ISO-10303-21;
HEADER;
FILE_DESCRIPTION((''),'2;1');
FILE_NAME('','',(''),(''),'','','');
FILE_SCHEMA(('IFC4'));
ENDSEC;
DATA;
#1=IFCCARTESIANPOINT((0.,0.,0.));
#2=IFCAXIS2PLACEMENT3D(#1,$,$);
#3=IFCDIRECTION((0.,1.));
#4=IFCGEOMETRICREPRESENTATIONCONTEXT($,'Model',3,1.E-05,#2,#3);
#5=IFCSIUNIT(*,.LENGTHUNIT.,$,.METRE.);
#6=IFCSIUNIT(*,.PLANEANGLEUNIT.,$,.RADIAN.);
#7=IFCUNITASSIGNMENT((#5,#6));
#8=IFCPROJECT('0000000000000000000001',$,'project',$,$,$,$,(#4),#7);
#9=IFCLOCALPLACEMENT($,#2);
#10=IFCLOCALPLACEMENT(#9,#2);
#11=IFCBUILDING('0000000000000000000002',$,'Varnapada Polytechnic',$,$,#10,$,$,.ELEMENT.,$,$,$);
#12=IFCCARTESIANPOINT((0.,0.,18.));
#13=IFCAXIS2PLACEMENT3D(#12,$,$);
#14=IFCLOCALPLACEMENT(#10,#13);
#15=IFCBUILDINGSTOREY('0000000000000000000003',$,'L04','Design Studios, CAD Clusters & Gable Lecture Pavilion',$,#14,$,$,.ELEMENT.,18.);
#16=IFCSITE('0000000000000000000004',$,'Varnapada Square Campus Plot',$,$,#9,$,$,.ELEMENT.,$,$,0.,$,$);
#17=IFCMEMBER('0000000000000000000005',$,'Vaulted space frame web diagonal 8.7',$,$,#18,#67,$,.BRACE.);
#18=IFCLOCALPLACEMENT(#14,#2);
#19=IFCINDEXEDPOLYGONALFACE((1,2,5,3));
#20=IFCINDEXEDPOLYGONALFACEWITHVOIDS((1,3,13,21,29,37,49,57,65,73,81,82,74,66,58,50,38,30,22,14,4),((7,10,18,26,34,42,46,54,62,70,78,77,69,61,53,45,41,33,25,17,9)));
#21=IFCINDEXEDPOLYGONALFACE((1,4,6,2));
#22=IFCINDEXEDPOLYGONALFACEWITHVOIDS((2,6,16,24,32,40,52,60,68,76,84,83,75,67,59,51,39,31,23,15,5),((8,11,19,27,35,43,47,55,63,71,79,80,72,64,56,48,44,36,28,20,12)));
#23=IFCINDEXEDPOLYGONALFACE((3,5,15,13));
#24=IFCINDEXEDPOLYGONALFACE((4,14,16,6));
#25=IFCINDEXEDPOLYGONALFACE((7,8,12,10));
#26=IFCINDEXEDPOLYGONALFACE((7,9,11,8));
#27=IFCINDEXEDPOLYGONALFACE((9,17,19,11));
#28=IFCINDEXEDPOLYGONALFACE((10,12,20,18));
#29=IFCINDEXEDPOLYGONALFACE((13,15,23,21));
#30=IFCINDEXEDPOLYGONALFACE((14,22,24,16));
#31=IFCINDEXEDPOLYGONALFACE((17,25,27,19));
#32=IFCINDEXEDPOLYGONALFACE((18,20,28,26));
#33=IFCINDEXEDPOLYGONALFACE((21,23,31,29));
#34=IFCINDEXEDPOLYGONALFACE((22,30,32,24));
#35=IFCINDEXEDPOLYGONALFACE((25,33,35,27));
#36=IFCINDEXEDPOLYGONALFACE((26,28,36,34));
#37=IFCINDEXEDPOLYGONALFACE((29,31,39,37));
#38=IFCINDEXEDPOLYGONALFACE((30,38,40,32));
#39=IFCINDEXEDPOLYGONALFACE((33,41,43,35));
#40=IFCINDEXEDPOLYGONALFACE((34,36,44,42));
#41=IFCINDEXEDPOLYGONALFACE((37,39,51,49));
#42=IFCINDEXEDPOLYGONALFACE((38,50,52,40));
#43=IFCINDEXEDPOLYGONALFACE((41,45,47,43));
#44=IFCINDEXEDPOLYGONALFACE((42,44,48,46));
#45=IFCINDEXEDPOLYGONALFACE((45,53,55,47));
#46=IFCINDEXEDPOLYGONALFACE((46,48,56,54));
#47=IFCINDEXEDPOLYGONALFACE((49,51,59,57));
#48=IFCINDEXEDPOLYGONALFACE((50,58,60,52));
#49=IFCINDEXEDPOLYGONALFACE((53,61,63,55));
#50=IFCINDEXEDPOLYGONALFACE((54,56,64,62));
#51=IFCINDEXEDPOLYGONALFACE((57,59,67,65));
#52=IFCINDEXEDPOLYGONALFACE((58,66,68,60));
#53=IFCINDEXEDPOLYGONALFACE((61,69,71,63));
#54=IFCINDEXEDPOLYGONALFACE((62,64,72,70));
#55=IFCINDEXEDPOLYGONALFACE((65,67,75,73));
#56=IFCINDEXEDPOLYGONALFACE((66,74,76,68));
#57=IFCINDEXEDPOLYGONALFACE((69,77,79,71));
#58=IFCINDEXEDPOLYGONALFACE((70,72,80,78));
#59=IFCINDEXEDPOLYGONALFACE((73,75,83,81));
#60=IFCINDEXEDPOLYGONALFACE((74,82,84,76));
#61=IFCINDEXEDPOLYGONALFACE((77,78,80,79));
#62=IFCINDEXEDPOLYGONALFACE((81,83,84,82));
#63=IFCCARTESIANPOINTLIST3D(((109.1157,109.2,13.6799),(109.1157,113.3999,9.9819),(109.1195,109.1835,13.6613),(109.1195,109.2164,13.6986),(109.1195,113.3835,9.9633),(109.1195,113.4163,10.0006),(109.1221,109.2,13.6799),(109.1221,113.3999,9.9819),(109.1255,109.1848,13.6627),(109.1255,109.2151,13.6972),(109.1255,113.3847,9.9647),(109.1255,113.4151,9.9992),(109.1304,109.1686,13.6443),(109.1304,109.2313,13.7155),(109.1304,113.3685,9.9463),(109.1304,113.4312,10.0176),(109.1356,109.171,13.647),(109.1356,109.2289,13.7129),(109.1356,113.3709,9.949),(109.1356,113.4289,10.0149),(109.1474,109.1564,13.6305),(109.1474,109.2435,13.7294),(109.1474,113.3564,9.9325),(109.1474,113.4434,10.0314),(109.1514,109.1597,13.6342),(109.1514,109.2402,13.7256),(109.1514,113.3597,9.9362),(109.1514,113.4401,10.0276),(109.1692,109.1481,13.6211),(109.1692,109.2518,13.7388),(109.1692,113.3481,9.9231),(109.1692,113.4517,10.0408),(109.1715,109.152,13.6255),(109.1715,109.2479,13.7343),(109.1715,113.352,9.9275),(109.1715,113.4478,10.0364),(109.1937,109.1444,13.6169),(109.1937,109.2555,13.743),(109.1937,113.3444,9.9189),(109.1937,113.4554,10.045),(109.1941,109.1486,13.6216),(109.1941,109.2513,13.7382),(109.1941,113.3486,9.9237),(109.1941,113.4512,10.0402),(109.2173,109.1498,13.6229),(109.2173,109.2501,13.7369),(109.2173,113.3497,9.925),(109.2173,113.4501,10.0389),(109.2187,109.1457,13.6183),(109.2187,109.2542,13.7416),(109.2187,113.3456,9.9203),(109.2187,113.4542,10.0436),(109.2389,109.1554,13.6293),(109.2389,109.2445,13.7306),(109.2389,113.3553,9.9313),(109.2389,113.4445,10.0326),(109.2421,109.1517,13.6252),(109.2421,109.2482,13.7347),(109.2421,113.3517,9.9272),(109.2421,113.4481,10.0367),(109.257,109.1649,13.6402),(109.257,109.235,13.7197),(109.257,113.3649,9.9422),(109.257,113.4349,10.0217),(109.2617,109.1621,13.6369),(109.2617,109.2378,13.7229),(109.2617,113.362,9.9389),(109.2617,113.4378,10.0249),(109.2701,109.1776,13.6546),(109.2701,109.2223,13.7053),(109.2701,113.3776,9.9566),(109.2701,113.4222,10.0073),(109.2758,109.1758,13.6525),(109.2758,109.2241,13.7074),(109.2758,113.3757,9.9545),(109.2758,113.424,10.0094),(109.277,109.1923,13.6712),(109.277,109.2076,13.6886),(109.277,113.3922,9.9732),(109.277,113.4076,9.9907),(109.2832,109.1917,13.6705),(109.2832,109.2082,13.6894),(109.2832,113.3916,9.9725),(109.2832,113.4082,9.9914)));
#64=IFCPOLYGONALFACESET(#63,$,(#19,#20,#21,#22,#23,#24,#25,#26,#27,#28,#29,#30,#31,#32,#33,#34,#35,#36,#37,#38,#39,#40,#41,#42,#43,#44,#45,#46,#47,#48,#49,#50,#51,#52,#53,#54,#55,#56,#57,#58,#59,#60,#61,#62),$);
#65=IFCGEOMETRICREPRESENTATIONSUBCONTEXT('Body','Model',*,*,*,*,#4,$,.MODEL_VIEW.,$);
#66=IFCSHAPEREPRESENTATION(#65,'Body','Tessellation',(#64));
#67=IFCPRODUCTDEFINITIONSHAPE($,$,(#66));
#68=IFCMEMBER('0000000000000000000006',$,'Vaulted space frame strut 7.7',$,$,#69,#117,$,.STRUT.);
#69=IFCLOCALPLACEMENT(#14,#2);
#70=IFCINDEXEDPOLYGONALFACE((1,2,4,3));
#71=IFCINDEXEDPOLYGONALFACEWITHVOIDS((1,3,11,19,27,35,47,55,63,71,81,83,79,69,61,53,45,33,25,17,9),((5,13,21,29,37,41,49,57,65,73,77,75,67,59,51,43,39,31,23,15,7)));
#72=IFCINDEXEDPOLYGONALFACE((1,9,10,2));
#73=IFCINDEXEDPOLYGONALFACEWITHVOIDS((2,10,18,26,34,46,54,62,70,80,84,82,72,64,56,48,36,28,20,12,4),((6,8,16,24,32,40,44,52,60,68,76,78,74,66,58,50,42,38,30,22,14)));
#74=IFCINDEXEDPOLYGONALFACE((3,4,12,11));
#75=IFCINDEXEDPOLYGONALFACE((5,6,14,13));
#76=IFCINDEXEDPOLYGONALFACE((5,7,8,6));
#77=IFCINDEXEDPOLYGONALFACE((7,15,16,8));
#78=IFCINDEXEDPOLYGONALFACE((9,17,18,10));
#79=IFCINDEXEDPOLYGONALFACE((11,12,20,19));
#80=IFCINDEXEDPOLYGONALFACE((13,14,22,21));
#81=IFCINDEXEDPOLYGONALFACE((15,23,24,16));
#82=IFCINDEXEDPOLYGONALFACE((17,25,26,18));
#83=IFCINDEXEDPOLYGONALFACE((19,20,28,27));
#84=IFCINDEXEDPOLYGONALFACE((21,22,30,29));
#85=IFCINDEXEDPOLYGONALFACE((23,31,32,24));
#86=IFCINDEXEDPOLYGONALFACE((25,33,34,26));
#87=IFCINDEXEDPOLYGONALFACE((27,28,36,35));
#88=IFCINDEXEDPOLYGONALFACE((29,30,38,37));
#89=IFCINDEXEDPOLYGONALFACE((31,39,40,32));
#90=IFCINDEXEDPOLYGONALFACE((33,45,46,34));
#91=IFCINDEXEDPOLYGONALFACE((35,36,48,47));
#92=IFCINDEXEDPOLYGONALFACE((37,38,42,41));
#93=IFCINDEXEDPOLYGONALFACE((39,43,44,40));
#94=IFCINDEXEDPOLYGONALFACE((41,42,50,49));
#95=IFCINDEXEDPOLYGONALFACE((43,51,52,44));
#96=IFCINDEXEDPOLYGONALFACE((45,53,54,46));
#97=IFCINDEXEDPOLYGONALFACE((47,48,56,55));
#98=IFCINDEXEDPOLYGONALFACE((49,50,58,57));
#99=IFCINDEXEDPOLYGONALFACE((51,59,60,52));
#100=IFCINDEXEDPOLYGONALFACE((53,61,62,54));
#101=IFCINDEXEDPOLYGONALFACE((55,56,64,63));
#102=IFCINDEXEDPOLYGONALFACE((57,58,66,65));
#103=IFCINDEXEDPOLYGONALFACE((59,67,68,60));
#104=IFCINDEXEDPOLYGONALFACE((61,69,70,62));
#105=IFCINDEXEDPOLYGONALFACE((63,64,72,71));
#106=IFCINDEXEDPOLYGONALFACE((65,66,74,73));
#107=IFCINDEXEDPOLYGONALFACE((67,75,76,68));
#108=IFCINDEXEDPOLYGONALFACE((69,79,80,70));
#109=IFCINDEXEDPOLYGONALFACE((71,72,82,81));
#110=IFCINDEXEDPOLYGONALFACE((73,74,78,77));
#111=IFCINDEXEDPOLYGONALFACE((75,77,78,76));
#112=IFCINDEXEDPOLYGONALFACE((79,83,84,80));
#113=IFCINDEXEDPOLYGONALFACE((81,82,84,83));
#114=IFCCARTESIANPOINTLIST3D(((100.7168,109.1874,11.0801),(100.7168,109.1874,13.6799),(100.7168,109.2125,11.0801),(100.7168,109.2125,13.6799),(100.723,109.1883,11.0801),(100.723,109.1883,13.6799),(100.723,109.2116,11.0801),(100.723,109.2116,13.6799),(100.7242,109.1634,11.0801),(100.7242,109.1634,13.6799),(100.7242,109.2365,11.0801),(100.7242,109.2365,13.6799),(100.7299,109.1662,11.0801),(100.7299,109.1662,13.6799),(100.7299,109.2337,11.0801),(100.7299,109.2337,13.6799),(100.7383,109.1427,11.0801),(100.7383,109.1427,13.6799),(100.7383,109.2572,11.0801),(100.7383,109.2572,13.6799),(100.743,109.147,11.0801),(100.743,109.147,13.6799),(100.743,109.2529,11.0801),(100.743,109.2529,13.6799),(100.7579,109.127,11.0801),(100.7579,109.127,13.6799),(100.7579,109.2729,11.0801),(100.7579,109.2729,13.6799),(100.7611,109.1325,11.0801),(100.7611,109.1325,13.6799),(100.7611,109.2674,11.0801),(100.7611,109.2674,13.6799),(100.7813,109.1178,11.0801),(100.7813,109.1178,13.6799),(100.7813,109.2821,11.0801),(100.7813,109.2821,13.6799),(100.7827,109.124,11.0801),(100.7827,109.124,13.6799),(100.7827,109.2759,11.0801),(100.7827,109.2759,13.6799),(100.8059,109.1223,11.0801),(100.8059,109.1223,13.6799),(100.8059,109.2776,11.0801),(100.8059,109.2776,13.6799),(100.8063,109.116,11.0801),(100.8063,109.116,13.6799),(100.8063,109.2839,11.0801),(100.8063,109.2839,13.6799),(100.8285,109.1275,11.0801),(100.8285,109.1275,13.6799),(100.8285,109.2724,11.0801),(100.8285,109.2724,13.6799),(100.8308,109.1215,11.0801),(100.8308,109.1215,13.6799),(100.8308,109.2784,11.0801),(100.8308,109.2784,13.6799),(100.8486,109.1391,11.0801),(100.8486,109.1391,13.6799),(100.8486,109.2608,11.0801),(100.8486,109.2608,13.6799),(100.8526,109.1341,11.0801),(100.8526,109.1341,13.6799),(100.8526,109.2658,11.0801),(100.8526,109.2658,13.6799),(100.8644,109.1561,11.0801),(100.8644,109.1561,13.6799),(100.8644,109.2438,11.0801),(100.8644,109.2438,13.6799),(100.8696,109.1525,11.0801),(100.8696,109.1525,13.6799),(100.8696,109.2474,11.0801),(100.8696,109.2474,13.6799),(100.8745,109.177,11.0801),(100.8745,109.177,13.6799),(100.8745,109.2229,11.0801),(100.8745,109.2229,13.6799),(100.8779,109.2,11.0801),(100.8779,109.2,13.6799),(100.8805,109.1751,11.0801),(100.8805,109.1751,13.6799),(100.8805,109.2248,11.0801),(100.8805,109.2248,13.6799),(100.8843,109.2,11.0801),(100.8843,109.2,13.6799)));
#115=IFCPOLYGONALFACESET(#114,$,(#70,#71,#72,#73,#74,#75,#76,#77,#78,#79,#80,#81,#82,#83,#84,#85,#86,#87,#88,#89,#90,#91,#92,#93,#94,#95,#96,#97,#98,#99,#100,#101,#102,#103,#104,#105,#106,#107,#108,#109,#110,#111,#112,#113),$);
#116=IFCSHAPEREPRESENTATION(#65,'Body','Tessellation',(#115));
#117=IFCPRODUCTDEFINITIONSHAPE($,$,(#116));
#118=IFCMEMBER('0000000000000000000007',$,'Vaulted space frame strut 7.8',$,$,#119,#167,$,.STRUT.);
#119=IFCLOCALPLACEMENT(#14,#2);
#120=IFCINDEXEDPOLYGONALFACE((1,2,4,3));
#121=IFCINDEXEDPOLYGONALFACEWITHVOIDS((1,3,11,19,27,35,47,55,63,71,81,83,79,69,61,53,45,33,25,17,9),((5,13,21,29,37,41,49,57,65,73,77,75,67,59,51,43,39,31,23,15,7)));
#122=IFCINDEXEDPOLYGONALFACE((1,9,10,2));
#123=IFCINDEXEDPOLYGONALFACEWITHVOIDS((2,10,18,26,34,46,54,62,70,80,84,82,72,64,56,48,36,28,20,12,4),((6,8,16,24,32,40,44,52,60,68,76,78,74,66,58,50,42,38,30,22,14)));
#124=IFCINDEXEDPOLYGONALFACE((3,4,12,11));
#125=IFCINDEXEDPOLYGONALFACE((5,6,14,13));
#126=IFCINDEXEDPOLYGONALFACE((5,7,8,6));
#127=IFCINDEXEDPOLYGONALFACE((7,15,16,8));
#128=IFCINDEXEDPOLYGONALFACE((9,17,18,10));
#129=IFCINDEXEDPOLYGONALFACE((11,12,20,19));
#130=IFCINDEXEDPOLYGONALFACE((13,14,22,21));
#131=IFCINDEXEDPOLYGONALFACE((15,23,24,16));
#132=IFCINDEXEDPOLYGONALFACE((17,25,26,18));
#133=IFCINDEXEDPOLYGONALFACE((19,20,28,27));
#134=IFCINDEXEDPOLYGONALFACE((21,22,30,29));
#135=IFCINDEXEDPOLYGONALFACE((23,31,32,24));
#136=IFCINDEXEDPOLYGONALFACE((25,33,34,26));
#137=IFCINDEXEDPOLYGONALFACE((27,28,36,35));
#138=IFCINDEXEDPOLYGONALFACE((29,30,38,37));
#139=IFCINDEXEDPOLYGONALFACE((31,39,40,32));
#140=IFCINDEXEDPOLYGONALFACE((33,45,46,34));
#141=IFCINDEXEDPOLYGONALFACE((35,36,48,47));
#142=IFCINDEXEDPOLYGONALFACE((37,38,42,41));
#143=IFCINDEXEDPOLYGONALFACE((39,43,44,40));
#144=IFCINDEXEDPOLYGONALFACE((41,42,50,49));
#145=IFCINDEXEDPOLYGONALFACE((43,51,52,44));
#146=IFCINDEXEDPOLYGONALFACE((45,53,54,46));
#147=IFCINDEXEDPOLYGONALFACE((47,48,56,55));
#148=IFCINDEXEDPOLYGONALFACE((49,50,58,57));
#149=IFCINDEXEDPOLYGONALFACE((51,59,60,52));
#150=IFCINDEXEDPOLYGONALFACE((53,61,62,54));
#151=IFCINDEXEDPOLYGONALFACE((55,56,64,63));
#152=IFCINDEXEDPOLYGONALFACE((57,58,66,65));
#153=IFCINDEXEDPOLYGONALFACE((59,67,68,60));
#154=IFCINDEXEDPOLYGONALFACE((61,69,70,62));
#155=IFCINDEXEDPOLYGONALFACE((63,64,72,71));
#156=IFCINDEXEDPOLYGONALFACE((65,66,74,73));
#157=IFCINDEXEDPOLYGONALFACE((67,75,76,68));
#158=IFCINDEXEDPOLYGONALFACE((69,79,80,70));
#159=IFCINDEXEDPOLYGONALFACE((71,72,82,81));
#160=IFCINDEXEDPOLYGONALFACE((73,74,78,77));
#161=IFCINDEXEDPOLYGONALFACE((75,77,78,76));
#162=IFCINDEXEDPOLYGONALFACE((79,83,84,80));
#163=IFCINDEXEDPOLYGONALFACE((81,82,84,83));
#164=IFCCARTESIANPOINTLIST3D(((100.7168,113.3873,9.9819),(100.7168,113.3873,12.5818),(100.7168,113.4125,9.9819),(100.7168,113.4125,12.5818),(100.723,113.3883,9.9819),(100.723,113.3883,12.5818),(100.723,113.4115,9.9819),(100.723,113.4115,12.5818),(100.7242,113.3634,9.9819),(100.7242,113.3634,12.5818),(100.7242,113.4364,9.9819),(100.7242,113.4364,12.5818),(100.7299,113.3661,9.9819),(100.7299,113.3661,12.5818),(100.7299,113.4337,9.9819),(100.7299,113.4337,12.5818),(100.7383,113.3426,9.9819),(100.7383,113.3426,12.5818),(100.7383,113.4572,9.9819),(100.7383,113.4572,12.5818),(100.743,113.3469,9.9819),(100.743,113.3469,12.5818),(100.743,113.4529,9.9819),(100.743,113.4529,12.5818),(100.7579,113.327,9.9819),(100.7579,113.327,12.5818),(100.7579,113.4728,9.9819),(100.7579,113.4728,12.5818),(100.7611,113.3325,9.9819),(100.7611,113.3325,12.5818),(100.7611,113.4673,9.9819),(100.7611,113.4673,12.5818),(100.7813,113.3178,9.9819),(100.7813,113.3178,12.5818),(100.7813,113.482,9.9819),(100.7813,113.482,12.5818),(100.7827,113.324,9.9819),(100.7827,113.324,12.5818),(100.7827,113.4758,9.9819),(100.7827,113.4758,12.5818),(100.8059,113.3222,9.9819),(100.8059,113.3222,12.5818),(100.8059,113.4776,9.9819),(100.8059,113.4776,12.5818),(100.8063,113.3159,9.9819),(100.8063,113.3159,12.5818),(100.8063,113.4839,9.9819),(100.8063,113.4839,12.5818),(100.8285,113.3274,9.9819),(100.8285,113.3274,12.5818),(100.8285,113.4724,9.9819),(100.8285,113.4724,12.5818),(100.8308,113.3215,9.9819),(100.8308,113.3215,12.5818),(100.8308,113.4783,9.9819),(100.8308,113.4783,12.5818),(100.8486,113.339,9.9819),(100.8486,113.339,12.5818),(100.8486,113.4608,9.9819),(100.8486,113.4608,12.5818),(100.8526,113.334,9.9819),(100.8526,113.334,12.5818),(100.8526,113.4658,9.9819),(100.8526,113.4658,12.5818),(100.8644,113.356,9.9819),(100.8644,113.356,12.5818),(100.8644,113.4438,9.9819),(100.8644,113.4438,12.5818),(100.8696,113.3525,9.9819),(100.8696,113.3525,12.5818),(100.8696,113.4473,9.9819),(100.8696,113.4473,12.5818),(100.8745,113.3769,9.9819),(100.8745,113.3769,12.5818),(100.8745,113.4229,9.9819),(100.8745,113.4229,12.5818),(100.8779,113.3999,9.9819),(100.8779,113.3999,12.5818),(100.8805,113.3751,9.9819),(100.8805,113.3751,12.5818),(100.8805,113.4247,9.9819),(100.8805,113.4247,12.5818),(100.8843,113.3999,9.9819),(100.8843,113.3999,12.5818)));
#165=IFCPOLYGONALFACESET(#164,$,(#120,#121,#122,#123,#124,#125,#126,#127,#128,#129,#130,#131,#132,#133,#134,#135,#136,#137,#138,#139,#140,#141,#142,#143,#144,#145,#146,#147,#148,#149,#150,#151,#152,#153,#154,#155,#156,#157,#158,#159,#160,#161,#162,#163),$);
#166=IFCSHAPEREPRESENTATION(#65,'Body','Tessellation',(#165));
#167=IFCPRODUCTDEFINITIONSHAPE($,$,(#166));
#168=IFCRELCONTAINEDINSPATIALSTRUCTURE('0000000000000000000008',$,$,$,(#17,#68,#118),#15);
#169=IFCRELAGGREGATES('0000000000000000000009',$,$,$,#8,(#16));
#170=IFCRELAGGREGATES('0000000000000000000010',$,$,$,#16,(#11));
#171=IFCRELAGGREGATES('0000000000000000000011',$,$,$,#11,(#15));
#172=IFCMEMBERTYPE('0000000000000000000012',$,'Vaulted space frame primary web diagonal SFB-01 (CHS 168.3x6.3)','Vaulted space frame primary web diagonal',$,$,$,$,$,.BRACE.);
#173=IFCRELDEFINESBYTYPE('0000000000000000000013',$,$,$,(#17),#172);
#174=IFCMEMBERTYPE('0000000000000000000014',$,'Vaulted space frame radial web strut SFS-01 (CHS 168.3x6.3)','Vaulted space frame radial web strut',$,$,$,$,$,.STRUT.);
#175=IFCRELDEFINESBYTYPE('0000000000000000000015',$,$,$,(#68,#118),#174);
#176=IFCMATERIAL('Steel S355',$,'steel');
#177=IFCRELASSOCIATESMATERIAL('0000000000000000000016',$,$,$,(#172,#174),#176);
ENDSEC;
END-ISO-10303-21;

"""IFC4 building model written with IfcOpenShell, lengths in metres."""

from ifc_helpers import new_model, si_unit, direction, frame, origin, origin_2d, place, context, subcontext, project, spatial, hollow_circle, extrude, material, material_profile, profile_set, type_object, element, save


model = new_model("IFC4")

# Units and contexts
model_context = context("Model", 3, precision=1e-05, world=origin(), true_north=direction((0.0, 1.0)))
body_context = subcontext(model_context, "Body", "Model", "MODEL_VIEW")
ifc_project = project(units=[si_unit("LENGTHUNIT", "METRE"), si_unit("PLANEANGLEUNIT", "RADIAN")], contexts=[model_context])

# Site, building, storey
site_placement = place(None, origin())
site = spatial("IfcSite", under=ifc_project, at=site_placement, Name="Varnapada Square Campus Plot", CompositionType="ELEMENT", RefElevation=0.0)
building_placement = place(site_placement, origin())
building = spatial("IfcBuilding", under=site, at=building_placement, Name="Varnapada Polytechnic", CompositionType="ELEMENT")
storey_placement = place(building_placement, frame((0.0, 0.0, 18.0)))
storey = spatial("IfcBuildingStorey", under=building, at=storey_placement, Name="L04", Description="Design Studios, CAD Clusters & Gable Lecture Pavilion", CompositionType="ELEMENT", Elevation=18.0)

# Shared definitions
ifc_material = material(Name="Steel S355", Category="steel")

# Members
ifc_material_profile_1 = material_profile(ifc_material, hollow_circle(Radius=0.0842, WallThickness=0.0063, at=origin_2d()), Name="CHS 168.3x6.3")
ifc_profile_set_1 = profile_set([ifc_material_profile_1], Name="Steel S355")
member_type_1 = type_object("IfcMemberType", Name="Vaulted space frame primary web diagonal SFB-01 (CHS 168.3x6.3)", Description="Vaulted space frame primary web diagonal", PredefinedType="BRACE", material=ifc_profile_set_1)
member_1_placement = place(storey_placement, frame((109.2, 109.2, 13.6799), z_axis=(0.0, 0.750533, -0.660833), x_axis=(-1.0, 0.0, 0.0)))
element("IfcMember", 1, at=member_1_placement, inside=storey, type_object=member_type_1, Name="Vaulted space frame web diagonal 8.7", PredefinedType="BRACE", context=body_context, shape_type="SweptSolid", body=[
    extrude(hollow_circle(Radius=0.0842, WallThickness=0.0063, at=origin_2d()), origin(), (0.0, 0.0, 1.0), 5.5959),
])
ifc_material_profile_2 = material_profile(ifc_material, hollow_circle(Radius=0.0842, WallThickness=0.0063, at=origin_2d()), Name="CHS 168.3x6.3")
ifc_profile_set_2 = profile_set([ifc_material_profile_2], Name="Steel S355")
member_type_2 = type_object("IfcMemberType", Name="Vaulted space frame radial web strut SFS-01 (CHS 168.3x6.3)", Description="Vaulted space frame radial web strut", PredefinedType="STRUT", material=ifc_profile_set_2)
for number, where, z_axis, x_axis, name in (
    (2, (100.8, 109.2, 11.0801), (0.0, 0.0, 1.0), (1.0, 0.0, 0.0), "Vaulted space frame strut 7.7"),
    (3, (100.8, 113.3999, 9.9819), (0.0, 0.0, 1.0), (1.0, 0.0, 0.0), "Vaulted space frame strut 7.8"),
):
    element("IfcMember", number, at=place(storey_placement, frame(where, z_axis=z_axis, x_axis=x_axis)), inside=storey, type_object=member_type_2, Name=name, PredefinedType="STRUT", context=body_context, shape_type="SweptSolid", body=[
        extrude(hollow_circle(Radius=0.0842, WallThickness=0.0063, at=origin_2d()), origin(), (0.0, 0.0, 1.0), 2.5999),
    ])

save(model, "model.ifc")
